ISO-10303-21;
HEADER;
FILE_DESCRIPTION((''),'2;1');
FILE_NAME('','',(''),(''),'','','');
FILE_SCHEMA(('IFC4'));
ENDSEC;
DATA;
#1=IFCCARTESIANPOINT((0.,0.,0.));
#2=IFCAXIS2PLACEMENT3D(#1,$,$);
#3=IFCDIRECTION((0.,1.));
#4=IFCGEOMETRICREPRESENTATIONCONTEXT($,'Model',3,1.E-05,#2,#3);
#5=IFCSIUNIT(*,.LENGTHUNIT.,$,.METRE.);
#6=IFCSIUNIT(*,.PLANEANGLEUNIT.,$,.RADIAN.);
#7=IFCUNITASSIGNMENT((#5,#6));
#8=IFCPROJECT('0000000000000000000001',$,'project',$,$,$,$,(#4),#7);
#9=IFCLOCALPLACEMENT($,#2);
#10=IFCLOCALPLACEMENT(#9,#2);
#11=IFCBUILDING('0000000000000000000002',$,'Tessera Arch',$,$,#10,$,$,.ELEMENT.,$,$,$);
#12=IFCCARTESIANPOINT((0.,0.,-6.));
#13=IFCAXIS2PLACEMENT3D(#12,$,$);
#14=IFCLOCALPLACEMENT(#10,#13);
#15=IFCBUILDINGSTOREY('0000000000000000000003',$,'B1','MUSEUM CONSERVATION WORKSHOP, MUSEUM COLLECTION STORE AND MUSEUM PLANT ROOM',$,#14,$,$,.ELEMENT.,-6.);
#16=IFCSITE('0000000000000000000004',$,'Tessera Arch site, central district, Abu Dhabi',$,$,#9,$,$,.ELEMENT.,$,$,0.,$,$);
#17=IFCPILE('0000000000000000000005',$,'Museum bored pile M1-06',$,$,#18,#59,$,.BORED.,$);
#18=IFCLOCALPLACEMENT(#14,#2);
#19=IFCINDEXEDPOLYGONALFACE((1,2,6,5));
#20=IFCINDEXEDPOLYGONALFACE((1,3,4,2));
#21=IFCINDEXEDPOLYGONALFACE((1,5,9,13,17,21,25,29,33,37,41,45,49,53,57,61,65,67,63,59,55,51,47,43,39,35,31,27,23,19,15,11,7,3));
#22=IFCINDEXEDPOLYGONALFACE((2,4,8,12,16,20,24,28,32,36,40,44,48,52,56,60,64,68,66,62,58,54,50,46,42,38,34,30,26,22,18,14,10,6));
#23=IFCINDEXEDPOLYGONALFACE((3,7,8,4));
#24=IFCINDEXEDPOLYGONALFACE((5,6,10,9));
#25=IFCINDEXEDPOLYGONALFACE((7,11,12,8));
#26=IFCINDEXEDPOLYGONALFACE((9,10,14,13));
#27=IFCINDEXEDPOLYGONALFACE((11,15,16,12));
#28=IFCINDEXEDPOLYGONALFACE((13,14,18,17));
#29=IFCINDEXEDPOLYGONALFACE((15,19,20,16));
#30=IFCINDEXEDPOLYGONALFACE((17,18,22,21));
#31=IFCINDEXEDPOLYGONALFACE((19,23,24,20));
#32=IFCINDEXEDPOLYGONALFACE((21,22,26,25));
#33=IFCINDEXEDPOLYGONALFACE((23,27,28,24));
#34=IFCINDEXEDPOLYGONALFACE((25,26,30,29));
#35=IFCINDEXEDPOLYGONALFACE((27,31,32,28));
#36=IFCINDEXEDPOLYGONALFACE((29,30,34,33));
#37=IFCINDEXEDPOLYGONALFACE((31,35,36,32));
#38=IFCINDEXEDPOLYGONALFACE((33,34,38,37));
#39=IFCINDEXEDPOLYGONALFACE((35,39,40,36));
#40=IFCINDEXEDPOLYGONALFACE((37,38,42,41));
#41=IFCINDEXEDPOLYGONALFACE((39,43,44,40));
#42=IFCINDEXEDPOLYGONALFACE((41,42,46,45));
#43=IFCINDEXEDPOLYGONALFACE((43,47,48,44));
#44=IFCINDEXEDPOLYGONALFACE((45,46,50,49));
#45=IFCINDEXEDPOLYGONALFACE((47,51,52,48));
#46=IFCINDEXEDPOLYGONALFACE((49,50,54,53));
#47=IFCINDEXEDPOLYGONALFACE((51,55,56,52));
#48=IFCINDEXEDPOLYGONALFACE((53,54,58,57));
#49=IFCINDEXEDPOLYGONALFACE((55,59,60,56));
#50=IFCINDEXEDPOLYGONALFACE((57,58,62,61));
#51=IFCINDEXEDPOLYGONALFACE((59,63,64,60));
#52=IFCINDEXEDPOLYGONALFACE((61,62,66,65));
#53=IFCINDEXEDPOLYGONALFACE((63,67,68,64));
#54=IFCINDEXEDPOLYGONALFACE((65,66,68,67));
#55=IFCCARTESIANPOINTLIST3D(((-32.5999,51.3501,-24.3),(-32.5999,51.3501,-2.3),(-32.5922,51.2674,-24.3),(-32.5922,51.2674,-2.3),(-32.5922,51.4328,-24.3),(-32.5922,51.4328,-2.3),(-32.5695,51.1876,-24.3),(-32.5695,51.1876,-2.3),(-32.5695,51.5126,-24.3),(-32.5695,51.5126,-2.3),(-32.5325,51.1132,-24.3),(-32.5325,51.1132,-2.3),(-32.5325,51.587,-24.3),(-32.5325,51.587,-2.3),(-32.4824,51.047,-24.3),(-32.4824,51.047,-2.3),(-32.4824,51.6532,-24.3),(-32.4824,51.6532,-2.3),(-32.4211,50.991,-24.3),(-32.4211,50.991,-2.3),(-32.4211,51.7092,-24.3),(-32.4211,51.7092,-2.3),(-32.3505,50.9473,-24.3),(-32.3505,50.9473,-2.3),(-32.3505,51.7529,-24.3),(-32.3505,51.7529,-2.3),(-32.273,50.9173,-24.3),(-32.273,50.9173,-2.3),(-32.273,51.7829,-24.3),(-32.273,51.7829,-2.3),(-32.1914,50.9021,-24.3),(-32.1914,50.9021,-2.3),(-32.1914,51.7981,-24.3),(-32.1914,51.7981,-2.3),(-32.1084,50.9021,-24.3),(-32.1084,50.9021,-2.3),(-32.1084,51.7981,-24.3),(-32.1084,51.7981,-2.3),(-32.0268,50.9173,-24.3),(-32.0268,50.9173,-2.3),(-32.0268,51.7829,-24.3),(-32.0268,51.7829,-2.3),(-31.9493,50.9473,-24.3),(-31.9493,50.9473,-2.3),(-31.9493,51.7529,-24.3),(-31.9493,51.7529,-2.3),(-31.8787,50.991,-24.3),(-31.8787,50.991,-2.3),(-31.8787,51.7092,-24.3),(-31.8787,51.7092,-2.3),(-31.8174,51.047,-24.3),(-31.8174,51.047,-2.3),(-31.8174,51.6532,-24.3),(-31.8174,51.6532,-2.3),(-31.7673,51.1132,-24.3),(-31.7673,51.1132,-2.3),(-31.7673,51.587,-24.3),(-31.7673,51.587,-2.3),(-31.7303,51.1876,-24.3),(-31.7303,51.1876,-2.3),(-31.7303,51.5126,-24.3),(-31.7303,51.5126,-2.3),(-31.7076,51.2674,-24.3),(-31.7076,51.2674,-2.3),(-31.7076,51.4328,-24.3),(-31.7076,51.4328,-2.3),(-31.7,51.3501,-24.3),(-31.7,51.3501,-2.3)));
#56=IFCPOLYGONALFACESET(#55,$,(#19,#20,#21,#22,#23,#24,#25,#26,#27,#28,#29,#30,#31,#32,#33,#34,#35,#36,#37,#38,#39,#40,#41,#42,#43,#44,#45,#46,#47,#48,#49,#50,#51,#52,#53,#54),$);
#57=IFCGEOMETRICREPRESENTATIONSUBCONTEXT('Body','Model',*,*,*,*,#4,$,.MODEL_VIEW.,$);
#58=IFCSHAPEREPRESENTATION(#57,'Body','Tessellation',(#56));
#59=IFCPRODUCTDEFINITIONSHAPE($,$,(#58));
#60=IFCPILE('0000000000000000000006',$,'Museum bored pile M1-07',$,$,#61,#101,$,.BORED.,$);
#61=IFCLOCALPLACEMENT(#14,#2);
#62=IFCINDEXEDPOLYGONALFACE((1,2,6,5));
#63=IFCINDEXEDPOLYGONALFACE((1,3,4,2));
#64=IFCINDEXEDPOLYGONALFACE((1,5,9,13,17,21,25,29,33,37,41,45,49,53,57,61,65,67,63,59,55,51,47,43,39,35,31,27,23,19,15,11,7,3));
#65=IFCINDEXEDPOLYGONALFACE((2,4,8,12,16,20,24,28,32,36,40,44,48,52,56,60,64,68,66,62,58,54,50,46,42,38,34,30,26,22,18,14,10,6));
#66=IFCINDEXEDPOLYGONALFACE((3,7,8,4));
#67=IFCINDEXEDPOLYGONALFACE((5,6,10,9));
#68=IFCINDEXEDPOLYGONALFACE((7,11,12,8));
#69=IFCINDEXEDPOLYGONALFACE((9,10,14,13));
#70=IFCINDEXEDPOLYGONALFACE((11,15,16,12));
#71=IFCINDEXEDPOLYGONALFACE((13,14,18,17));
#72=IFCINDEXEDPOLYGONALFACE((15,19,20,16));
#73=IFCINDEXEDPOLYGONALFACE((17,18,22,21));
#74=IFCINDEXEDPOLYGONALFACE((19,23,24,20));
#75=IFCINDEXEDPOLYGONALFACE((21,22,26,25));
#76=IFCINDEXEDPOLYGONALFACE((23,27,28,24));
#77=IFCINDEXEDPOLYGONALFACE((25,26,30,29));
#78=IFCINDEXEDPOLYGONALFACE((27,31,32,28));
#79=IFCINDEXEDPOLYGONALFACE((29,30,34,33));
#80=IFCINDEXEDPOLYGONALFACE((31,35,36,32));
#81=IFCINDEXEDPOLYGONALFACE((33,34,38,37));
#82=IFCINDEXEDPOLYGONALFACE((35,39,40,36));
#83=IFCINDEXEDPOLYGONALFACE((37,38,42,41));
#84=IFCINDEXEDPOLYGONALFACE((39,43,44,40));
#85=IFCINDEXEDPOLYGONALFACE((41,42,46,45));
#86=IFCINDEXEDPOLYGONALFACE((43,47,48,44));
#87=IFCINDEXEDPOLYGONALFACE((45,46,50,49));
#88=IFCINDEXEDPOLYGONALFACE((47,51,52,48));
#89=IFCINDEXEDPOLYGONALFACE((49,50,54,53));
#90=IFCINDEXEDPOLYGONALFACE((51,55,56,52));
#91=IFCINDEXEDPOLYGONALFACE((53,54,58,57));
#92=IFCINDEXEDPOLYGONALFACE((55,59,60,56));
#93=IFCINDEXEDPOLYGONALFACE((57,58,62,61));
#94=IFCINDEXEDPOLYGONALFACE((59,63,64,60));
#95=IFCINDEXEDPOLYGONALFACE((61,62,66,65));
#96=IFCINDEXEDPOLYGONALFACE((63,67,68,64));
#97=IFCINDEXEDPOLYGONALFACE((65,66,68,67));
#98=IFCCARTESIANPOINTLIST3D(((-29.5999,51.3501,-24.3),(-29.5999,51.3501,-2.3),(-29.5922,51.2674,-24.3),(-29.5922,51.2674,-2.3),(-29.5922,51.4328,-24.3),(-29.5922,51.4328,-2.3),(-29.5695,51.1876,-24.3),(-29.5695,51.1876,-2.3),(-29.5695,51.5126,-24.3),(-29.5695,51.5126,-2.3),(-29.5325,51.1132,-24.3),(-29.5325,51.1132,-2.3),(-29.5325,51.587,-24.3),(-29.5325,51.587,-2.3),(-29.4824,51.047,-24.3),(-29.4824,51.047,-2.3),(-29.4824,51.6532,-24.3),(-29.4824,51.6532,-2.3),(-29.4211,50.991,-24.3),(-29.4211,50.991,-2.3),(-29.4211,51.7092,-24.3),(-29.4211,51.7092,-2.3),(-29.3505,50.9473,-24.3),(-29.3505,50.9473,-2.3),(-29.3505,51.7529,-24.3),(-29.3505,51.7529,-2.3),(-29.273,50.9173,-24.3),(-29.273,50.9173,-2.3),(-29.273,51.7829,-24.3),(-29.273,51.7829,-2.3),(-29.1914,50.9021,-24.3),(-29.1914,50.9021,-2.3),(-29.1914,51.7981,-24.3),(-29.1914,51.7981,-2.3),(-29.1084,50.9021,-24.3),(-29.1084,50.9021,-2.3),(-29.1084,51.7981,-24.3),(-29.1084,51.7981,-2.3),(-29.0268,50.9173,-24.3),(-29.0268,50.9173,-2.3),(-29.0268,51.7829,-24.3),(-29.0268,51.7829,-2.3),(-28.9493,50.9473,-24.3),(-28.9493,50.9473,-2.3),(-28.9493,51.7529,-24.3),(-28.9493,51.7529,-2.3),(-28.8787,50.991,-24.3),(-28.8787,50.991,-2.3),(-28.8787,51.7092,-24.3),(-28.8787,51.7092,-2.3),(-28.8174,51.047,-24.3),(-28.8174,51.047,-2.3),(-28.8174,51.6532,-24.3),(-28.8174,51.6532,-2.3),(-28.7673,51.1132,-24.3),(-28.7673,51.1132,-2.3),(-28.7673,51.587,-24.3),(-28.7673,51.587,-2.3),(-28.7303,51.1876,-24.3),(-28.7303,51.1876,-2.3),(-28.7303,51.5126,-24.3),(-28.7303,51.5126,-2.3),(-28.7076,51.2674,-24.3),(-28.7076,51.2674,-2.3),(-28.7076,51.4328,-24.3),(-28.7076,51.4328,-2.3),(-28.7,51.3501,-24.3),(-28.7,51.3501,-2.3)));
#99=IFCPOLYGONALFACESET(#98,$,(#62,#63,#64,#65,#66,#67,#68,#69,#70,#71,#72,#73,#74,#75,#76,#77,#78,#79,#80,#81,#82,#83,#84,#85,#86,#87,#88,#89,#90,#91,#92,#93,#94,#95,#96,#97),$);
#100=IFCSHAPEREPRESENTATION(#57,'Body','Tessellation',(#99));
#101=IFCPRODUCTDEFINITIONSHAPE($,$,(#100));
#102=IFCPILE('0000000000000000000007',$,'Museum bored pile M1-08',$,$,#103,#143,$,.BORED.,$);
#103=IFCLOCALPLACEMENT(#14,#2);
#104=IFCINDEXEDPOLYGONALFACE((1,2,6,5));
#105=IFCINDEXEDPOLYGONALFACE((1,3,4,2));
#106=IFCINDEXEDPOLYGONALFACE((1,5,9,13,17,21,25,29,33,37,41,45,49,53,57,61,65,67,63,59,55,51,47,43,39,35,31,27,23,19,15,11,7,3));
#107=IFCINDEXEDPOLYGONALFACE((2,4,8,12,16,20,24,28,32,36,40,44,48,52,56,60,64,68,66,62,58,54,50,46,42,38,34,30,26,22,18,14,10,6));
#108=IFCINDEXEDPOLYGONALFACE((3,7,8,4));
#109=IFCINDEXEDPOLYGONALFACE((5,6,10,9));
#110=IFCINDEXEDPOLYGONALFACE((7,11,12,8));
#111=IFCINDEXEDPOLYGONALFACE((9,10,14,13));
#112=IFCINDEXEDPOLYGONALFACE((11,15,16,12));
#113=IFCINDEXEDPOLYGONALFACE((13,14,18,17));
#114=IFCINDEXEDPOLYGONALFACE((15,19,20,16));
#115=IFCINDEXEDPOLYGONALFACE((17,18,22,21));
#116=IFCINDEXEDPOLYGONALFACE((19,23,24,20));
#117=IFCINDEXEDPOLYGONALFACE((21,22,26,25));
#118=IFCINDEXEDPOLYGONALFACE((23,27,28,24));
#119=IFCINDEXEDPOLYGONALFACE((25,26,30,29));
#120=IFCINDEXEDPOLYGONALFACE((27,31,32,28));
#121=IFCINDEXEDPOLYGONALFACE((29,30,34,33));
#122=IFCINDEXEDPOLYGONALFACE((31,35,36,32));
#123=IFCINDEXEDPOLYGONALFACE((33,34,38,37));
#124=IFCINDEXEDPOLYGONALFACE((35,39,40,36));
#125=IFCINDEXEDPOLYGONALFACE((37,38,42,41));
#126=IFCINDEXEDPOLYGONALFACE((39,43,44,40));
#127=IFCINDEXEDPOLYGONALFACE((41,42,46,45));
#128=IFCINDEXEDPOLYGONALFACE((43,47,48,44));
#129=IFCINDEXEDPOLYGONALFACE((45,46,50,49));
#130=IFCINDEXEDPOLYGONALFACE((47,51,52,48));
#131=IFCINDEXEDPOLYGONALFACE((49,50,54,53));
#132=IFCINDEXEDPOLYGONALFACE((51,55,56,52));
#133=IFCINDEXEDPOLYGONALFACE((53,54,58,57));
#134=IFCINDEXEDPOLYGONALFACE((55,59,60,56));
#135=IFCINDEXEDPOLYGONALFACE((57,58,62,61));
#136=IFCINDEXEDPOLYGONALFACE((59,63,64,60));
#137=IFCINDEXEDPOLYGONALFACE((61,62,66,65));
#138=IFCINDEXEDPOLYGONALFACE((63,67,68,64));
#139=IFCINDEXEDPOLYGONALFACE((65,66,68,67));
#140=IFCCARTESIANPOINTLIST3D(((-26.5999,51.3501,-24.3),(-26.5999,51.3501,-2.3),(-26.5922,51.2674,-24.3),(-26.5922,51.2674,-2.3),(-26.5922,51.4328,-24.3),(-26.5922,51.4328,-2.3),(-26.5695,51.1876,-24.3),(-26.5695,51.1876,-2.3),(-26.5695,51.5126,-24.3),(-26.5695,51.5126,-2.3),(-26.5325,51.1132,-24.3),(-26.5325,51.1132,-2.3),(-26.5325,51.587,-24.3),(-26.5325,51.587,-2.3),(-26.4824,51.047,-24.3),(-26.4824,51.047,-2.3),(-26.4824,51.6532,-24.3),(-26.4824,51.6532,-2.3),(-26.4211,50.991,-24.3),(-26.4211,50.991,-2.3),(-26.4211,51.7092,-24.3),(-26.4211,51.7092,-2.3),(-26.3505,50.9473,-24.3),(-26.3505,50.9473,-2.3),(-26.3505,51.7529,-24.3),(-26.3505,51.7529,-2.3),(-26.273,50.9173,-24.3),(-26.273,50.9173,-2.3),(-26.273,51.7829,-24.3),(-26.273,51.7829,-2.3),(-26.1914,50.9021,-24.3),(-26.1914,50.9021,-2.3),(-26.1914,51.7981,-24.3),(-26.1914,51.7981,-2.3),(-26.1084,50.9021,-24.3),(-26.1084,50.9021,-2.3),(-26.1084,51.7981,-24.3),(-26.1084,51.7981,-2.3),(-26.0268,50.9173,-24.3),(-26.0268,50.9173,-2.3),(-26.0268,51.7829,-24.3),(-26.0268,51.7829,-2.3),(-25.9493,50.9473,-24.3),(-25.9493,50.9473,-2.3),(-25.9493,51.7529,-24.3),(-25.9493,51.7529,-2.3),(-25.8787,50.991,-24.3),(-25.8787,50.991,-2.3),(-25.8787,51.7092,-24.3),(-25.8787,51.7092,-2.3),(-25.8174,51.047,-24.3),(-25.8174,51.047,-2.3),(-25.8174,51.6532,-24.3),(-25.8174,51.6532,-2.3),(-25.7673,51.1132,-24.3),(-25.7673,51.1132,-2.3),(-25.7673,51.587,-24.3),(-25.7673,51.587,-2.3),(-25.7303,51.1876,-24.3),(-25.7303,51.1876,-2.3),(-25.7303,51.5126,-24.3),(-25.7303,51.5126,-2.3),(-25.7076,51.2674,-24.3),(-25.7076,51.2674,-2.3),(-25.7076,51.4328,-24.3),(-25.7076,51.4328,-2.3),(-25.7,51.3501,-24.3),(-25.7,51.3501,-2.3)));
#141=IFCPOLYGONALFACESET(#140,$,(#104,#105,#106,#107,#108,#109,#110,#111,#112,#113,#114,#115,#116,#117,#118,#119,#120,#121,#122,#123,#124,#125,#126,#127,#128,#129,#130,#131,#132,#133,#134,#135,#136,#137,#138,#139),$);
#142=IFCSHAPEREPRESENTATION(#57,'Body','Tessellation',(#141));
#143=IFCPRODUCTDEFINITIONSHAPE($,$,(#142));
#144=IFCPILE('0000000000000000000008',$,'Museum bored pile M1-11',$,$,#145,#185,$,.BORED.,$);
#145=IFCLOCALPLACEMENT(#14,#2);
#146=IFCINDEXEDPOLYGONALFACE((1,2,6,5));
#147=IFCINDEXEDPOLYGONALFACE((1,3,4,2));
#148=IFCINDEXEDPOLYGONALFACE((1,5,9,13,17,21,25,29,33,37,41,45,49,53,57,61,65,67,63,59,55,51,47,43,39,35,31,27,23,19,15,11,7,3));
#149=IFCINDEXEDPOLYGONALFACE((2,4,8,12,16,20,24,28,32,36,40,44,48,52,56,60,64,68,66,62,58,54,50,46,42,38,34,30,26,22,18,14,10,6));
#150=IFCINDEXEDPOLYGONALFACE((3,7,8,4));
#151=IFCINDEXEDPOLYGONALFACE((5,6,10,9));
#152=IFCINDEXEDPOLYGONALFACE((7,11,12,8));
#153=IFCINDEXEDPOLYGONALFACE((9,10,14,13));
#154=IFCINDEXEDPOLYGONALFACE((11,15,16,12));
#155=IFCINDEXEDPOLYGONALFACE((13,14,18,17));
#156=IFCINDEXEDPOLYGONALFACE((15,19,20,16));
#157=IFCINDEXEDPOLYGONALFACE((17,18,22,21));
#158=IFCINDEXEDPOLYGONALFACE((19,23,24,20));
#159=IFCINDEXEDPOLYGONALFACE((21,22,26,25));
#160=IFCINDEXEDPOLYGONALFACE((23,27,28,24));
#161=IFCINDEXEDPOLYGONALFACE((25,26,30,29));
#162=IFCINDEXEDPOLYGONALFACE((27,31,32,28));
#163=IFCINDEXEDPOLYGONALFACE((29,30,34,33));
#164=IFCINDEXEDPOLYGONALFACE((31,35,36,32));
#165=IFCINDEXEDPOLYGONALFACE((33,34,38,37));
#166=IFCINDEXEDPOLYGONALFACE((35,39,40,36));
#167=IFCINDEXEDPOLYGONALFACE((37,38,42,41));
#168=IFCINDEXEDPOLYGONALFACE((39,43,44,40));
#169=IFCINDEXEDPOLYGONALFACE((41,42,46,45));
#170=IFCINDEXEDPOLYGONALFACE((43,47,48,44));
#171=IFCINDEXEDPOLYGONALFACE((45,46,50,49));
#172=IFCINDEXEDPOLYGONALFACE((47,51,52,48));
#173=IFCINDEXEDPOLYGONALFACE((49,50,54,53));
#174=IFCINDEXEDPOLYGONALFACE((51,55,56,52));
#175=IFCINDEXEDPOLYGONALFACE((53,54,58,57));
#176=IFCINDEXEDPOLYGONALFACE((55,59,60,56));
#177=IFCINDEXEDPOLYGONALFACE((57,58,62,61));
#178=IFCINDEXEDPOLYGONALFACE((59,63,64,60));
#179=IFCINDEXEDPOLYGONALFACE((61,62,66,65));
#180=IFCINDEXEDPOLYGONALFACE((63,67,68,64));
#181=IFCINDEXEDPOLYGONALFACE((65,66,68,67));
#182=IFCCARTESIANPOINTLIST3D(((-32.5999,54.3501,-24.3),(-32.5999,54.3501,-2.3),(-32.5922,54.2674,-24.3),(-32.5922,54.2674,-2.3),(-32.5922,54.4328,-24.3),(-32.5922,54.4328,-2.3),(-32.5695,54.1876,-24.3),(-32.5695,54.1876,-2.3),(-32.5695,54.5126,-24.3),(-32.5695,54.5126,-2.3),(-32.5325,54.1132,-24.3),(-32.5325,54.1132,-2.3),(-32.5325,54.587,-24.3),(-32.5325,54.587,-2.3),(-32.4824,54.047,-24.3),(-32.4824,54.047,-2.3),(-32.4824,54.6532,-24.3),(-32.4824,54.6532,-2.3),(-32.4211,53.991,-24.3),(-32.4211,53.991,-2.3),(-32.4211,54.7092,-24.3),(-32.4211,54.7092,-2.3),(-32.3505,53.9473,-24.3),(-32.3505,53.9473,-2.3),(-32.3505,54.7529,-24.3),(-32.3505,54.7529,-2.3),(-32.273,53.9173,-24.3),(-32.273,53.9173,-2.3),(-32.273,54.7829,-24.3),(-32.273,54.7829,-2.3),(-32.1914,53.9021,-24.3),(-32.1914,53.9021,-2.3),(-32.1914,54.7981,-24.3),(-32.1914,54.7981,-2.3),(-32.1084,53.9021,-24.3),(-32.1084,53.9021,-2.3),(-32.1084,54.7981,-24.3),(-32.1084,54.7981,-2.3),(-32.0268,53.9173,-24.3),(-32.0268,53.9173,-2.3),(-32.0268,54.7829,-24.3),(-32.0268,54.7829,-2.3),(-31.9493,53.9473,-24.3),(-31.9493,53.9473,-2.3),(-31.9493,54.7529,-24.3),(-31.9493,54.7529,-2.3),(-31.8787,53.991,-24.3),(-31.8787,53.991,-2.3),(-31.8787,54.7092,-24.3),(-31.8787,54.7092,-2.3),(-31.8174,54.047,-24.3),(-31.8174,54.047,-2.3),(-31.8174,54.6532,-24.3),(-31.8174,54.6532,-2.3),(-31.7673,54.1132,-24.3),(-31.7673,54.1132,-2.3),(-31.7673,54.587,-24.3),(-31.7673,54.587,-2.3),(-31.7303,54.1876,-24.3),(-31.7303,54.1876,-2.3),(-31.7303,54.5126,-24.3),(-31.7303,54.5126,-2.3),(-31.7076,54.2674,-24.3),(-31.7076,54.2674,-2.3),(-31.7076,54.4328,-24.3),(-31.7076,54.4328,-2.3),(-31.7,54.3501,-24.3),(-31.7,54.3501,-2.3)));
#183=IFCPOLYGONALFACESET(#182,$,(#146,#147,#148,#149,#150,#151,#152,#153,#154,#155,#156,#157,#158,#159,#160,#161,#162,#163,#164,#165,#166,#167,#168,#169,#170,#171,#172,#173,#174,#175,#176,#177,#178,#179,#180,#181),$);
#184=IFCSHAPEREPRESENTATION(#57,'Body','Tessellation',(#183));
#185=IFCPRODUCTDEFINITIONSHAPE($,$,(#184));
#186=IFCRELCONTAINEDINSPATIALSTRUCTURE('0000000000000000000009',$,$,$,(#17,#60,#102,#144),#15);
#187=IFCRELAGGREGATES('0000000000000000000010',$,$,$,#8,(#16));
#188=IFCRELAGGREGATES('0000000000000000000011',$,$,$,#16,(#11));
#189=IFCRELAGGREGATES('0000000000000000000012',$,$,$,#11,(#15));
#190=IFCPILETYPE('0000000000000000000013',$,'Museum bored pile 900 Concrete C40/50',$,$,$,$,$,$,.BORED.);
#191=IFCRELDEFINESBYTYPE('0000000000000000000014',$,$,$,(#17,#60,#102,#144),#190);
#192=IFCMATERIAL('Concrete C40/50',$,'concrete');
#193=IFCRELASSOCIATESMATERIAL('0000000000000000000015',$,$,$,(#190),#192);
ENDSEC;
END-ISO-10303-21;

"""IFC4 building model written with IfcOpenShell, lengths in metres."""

from ifc_helpers import new_model, si_unit, direction, frame, origin, origin_2d, place, context, subcontext, project, spatial, circle, extrude, material, type_object, element, save


model = new_model("IFC4")

# Units and contexts
model_context = context("Model", 3, precision=1e-05, world=origin(), true_north=direction((0.0, 1.0)))
body_context = subcontext(model_context, "Body", "Model", "MODEL_VIEW")
ifc_project = project(units=[si_unit("LENGTHUNIT", "METRE"), si_unit("PLANEANGLEUNIT", "RADIAN")], contexts=[model_context])

# Site, building, storey
site_placement = place(None, origin())
site = spatial("IfcSite", under=ifc_project, at=site_placement, Name="Tessera Arch site, central district, Abu Dhabi", CompositionType="ELEMENT", RefElevation=0.0)
building_placement = place(site_placement, origin())
building = spatial("IfcBuilding", under=site, at=building_placement, Name="Tessera Arch", CompositionType="ELEMENT")
storey_placement = place(building_placement, frame((0.0, 0.0, -6.0)))
storey = spatial("IfcBuildingStorey", under=building, at=storey_placement, Name="B1", Description="MUSEUM CONSERVATION WORKSHOP, MUSEUM COLLECTION STORE AND MUSEUM PLANT ROOM", CompositionType="ELEMENT", Elevation=-6.0)

# Piles
ifc_material_1 = material(Name="Concrete C40/50", Category="concrete")
pile_type = type_object("IfcPileType", Name="Museum bored pile 900 Concrete C40/50", PredefinedType="BORED", material=ifc_material_1)
for number, where, z_axis, x_axis, name in (
    (1, (-32.1499, 51.3501, -2.3), (0.0, 0.0, -1.0), (1.0, 0.0, 0.0), "Museum bored pile M1-06"),
    (2, (-29.1499, 51.3501, -2.3), (0.0, 0.0, -1.0), (1.0, 0.0, 0.0), "Museum bored pile M1-07"),
    (3, (-26.1499, 51.3501, -2.3), (0.0, 0.0, -1.0), (1.0, 0.0, 0.0), "Museum bored pile M1-08"),
    (4, (-32.1499, 54.3501, -2.3), (0.0, 0.0, -1.0), (1.0, 0.0, 0.0), "Museum bored pile M1-11"),
):
    element("IfcPile", number, at=place(storey_placement, frame(where, z_axis=z_axis, x_axis=x_axis)), inside=storey, type_object=pile_type, Name=name, PredefinedType="BORED", context=body_context, shape_type="SweptSolid", body=[
        extrude(circle(Radius=0.45, at=origin_2d()), origin(), (0.0, 0.0, 1.0), 22.0),
    ])

save(model, "model.ifc")
